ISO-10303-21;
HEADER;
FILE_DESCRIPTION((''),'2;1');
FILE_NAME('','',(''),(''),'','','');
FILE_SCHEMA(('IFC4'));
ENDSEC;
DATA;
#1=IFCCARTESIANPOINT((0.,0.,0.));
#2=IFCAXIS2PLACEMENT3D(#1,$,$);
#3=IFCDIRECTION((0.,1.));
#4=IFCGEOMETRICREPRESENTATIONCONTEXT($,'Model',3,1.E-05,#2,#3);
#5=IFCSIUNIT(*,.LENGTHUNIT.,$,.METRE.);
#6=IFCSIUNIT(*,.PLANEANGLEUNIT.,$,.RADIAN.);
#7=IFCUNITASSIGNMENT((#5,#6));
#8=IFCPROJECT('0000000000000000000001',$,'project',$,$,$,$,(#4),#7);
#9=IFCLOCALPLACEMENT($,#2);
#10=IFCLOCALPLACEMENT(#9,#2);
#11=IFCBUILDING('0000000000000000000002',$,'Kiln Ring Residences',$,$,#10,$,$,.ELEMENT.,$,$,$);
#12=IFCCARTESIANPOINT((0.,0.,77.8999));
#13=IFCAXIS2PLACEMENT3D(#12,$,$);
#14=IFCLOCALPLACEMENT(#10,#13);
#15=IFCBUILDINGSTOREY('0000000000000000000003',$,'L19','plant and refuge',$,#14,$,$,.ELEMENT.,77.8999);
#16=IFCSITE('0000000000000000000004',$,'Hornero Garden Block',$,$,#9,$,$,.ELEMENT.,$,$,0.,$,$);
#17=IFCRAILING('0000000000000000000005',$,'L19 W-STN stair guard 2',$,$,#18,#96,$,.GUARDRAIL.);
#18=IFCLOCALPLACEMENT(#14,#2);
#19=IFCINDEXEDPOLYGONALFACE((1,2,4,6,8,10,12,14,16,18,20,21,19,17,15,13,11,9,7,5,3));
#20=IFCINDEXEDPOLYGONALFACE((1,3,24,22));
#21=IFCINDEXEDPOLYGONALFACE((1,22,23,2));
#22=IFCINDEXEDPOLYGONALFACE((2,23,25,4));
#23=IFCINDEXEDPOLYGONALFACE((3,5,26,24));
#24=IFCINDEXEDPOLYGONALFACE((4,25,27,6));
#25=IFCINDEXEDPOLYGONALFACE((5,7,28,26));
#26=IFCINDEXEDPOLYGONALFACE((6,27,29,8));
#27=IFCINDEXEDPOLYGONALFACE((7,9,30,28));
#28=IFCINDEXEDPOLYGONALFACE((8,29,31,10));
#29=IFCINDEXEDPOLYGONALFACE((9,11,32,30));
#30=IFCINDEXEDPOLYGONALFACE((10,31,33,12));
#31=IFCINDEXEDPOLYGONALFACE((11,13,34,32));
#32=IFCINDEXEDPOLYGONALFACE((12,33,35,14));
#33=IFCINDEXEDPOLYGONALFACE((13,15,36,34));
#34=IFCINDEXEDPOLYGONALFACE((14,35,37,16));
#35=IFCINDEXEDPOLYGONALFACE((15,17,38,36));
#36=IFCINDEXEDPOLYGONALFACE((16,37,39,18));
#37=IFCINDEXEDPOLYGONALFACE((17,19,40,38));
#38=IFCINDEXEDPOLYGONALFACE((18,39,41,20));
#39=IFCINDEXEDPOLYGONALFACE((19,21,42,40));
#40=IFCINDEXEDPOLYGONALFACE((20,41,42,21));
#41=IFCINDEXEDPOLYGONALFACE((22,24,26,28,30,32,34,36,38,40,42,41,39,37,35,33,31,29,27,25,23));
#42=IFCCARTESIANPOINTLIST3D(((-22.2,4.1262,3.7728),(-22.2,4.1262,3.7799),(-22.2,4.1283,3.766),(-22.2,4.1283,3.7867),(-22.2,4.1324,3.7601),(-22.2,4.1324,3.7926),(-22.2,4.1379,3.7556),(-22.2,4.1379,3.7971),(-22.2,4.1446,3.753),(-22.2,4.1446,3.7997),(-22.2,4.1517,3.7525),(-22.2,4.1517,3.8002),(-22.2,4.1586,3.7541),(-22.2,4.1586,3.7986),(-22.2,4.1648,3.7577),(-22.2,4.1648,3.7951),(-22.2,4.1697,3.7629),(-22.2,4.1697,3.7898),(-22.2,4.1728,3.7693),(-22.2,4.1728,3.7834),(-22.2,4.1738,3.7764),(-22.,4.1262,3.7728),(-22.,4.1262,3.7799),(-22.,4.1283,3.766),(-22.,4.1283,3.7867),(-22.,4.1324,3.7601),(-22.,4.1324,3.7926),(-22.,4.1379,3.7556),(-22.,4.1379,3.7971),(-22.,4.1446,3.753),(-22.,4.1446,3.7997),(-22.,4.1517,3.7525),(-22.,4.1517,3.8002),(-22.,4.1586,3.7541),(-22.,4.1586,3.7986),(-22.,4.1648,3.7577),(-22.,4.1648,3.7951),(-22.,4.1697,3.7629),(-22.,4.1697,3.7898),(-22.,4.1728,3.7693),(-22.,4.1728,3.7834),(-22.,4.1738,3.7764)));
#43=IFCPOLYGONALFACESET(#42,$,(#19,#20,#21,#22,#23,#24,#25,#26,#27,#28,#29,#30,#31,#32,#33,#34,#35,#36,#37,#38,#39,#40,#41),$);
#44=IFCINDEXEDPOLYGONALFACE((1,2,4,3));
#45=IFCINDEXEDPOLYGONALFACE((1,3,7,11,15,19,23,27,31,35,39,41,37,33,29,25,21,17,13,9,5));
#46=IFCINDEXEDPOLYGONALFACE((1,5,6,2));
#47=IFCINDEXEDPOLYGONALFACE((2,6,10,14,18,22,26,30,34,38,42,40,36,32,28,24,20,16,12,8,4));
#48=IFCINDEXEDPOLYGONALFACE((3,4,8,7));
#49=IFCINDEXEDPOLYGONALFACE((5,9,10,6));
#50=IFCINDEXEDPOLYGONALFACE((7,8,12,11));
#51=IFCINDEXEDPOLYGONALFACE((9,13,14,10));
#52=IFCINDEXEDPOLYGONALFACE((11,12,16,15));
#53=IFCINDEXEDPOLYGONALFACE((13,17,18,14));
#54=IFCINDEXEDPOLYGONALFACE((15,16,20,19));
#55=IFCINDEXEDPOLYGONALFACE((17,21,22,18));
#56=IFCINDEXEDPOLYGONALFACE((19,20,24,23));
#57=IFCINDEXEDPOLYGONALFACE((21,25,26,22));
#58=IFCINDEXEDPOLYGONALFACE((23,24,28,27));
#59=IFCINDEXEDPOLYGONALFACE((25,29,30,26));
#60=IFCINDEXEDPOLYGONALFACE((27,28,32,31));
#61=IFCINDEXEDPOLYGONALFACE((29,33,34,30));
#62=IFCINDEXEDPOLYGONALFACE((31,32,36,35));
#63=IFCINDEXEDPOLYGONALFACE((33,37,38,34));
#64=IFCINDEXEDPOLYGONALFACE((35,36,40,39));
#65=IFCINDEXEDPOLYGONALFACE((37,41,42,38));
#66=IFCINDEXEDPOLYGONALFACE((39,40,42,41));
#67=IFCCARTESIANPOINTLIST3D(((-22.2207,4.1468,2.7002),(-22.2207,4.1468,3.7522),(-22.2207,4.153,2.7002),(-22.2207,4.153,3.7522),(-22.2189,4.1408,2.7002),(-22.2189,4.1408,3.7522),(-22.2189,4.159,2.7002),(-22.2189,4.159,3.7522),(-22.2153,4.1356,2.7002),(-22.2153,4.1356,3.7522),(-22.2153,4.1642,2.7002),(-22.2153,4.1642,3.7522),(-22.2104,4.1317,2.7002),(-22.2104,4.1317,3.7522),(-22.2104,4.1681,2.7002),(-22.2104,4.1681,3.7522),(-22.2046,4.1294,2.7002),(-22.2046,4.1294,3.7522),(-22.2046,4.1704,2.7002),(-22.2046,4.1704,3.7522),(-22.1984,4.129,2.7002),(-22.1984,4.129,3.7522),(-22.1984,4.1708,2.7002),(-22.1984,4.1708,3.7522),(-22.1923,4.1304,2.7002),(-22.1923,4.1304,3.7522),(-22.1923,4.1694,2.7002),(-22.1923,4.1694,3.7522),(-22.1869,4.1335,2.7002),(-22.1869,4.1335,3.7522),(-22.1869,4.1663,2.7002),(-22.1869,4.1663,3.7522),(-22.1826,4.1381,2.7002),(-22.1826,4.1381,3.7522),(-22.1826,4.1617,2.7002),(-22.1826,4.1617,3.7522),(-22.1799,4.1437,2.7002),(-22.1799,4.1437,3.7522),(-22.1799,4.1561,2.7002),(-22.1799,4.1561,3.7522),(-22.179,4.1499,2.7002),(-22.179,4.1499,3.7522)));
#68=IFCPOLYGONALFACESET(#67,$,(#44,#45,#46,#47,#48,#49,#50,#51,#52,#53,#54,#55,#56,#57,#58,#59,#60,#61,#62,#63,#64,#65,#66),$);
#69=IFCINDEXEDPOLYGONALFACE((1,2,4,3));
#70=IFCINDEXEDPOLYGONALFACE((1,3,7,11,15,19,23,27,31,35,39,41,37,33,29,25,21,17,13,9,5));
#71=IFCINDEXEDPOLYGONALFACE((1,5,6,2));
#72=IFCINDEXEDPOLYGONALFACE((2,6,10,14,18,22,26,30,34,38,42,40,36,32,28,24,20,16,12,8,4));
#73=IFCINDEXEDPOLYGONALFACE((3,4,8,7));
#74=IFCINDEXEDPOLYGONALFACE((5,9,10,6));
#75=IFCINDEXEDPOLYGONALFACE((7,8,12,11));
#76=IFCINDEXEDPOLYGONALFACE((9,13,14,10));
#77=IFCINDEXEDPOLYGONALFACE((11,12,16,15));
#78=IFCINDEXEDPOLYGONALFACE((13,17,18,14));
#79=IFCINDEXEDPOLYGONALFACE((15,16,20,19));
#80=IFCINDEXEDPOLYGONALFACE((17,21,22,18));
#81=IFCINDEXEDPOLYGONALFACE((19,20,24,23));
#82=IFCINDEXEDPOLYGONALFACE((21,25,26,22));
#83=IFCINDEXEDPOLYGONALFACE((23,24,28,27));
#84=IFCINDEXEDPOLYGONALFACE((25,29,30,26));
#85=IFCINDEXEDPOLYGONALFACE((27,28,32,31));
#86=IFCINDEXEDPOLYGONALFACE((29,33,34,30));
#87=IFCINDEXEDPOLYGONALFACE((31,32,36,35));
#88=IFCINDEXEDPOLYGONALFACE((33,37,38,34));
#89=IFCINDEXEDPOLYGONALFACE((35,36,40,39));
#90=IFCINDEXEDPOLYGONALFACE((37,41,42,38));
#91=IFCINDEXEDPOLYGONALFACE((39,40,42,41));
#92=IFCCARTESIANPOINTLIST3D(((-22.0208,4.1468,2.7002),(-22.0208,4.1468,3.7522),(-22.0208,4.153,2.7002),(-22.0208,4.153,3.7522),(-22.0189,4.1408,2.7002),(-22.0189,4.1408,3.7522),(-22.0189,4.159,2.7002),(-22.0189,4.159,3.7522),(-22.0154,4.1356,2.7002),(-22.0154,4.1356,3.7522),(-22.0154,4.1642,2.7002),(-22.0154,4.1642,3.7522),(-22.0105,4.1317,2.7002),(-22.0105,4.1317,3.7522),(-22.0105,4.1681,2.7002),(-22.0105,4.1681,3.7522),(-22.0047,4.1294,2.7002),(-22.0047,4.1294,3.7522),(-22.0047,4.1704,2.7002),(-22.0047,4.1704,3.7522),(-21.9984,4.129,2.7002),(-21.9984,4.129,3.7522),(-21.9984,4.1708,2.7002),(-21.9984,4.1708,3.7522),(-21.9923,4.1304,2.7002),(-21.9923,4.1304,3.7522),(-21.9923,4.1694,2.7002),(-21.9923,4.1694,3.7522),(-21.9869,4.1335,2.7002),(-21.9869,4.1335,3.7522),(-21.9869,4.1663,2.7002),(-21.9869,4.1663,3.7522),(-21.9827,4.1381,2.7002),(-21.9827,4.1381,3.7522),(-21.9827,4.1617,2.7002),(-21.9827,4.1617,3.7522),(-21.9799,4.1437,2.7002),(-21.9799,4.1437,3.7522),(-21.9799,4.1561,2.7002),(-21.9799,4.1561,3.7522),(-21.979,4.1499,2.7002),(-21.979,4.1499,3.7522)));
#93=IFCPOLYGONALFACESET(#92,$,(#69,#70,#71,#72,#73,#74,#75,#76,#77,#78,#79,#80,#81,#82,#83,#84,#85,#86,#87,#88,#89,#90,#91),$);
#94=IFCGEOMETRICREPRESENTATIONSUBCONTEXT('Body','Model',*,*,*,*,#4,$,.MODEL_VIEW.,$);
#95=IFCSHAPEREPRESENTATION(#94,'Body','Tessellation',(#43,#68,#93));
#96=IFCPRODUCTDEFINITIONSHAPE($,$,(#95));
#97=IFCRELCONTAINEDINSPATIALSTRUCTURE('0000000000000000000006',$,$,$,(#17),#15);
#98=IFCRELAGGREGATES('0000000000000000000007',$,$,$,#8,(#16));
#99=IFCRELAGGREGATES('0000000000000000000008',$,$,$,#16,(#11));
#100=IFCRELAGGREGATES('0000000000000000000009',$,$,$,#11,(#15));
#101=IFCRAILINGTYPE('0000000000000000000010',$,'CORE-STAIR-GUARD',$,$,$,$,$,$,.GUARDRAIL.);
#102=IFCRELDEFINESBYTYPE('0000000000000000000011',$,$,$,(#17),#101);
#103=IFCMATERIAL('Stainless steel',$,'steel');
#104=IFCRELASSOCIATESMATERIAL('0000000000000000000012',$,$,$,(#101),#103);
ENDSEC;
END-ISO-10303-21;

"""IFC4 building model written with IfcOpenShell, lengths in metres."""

from ifc_helpers import new_model, si_unit, direction, frame, origin, origin_2d, place, context, subcontext, project, spatial, circle, extrude, material, type_object, element, save


model = new_model("IFC4")

# Units and contexts
model_context = context("Model", 3, precision=1e-05, world=origin(), true_north=direction((0.0, 1.0)))
body_context = subcontext(model_context, "Body", "Model", "MODEL_VIEW")
ifc_project = project(units=[si_unit("LENGTHUNIT", "METRE"), si_unit("PLANEANGLEUNIT", "RADIAN")], contexts=[model_context])

# Site, building, storey
site_placement = place(None, origin())
site = spatial("IfcSite", under=ifc_project, at=site_placement, Name="Hornero Garden Block", CompositionType="ELEMENT", RefElevation=0.0)
building_placement = place(site_placement, origin())
building = spatial("IfcBuilding", under=site, at=building_placement, Name="Kiln Ring Residences", CompositionType="ELEMENT")
storey_placement = place(building_placement, frame((0.0, 0.0, 77.8999)))
storey = spatial("IfcBuildingStorey", under=building, at=storey_placement, Name="L19", Description="plant and refuge", CompositionType="ELEMENT", Elevation=77.8999)

# Railing
ifc_material_1 = material(Name="Stainless steel", Category="steel")
railing_type_1 = type_object("IfcRailingType", Name="CORE-STAIR-GUARD", PredefinedType="GUARDRAIL", material=ifc_material_1)
railing_1_placement = place(storey_placement, frame((-22.2, 4.1499, 2.7002)))
element("IfcRailing", 1, at=railing_1_placement, inside=storey, type_object=railing_type_1, Name="L19 W-STN stair guard 2", PredefinedType="GUARDRAIL", context=body_context, shape_type="SweptSolid", body=[
    extrude(circle(Radius=0.0239, at=origin_2d()), frame((0.0, 0.0, 1.0762), z_axis=(1.0, 0.0, 0.0), x_axis=(0.0, 1.0, 0.0)), (0.0, 0.0, 1.0), 0.2),
    extrude(circle(Radius=0.021, at=origin_2d()), origin(), (0.0, 0.0, 1.0), 1.052),
    extrude(circle(Radius=0.021, at=origin_2d()), frame((0.2, 0.0, 0.0)), (0.0, 0.0, 1.0), 1.052),
])

save(model, "model.ifc")
